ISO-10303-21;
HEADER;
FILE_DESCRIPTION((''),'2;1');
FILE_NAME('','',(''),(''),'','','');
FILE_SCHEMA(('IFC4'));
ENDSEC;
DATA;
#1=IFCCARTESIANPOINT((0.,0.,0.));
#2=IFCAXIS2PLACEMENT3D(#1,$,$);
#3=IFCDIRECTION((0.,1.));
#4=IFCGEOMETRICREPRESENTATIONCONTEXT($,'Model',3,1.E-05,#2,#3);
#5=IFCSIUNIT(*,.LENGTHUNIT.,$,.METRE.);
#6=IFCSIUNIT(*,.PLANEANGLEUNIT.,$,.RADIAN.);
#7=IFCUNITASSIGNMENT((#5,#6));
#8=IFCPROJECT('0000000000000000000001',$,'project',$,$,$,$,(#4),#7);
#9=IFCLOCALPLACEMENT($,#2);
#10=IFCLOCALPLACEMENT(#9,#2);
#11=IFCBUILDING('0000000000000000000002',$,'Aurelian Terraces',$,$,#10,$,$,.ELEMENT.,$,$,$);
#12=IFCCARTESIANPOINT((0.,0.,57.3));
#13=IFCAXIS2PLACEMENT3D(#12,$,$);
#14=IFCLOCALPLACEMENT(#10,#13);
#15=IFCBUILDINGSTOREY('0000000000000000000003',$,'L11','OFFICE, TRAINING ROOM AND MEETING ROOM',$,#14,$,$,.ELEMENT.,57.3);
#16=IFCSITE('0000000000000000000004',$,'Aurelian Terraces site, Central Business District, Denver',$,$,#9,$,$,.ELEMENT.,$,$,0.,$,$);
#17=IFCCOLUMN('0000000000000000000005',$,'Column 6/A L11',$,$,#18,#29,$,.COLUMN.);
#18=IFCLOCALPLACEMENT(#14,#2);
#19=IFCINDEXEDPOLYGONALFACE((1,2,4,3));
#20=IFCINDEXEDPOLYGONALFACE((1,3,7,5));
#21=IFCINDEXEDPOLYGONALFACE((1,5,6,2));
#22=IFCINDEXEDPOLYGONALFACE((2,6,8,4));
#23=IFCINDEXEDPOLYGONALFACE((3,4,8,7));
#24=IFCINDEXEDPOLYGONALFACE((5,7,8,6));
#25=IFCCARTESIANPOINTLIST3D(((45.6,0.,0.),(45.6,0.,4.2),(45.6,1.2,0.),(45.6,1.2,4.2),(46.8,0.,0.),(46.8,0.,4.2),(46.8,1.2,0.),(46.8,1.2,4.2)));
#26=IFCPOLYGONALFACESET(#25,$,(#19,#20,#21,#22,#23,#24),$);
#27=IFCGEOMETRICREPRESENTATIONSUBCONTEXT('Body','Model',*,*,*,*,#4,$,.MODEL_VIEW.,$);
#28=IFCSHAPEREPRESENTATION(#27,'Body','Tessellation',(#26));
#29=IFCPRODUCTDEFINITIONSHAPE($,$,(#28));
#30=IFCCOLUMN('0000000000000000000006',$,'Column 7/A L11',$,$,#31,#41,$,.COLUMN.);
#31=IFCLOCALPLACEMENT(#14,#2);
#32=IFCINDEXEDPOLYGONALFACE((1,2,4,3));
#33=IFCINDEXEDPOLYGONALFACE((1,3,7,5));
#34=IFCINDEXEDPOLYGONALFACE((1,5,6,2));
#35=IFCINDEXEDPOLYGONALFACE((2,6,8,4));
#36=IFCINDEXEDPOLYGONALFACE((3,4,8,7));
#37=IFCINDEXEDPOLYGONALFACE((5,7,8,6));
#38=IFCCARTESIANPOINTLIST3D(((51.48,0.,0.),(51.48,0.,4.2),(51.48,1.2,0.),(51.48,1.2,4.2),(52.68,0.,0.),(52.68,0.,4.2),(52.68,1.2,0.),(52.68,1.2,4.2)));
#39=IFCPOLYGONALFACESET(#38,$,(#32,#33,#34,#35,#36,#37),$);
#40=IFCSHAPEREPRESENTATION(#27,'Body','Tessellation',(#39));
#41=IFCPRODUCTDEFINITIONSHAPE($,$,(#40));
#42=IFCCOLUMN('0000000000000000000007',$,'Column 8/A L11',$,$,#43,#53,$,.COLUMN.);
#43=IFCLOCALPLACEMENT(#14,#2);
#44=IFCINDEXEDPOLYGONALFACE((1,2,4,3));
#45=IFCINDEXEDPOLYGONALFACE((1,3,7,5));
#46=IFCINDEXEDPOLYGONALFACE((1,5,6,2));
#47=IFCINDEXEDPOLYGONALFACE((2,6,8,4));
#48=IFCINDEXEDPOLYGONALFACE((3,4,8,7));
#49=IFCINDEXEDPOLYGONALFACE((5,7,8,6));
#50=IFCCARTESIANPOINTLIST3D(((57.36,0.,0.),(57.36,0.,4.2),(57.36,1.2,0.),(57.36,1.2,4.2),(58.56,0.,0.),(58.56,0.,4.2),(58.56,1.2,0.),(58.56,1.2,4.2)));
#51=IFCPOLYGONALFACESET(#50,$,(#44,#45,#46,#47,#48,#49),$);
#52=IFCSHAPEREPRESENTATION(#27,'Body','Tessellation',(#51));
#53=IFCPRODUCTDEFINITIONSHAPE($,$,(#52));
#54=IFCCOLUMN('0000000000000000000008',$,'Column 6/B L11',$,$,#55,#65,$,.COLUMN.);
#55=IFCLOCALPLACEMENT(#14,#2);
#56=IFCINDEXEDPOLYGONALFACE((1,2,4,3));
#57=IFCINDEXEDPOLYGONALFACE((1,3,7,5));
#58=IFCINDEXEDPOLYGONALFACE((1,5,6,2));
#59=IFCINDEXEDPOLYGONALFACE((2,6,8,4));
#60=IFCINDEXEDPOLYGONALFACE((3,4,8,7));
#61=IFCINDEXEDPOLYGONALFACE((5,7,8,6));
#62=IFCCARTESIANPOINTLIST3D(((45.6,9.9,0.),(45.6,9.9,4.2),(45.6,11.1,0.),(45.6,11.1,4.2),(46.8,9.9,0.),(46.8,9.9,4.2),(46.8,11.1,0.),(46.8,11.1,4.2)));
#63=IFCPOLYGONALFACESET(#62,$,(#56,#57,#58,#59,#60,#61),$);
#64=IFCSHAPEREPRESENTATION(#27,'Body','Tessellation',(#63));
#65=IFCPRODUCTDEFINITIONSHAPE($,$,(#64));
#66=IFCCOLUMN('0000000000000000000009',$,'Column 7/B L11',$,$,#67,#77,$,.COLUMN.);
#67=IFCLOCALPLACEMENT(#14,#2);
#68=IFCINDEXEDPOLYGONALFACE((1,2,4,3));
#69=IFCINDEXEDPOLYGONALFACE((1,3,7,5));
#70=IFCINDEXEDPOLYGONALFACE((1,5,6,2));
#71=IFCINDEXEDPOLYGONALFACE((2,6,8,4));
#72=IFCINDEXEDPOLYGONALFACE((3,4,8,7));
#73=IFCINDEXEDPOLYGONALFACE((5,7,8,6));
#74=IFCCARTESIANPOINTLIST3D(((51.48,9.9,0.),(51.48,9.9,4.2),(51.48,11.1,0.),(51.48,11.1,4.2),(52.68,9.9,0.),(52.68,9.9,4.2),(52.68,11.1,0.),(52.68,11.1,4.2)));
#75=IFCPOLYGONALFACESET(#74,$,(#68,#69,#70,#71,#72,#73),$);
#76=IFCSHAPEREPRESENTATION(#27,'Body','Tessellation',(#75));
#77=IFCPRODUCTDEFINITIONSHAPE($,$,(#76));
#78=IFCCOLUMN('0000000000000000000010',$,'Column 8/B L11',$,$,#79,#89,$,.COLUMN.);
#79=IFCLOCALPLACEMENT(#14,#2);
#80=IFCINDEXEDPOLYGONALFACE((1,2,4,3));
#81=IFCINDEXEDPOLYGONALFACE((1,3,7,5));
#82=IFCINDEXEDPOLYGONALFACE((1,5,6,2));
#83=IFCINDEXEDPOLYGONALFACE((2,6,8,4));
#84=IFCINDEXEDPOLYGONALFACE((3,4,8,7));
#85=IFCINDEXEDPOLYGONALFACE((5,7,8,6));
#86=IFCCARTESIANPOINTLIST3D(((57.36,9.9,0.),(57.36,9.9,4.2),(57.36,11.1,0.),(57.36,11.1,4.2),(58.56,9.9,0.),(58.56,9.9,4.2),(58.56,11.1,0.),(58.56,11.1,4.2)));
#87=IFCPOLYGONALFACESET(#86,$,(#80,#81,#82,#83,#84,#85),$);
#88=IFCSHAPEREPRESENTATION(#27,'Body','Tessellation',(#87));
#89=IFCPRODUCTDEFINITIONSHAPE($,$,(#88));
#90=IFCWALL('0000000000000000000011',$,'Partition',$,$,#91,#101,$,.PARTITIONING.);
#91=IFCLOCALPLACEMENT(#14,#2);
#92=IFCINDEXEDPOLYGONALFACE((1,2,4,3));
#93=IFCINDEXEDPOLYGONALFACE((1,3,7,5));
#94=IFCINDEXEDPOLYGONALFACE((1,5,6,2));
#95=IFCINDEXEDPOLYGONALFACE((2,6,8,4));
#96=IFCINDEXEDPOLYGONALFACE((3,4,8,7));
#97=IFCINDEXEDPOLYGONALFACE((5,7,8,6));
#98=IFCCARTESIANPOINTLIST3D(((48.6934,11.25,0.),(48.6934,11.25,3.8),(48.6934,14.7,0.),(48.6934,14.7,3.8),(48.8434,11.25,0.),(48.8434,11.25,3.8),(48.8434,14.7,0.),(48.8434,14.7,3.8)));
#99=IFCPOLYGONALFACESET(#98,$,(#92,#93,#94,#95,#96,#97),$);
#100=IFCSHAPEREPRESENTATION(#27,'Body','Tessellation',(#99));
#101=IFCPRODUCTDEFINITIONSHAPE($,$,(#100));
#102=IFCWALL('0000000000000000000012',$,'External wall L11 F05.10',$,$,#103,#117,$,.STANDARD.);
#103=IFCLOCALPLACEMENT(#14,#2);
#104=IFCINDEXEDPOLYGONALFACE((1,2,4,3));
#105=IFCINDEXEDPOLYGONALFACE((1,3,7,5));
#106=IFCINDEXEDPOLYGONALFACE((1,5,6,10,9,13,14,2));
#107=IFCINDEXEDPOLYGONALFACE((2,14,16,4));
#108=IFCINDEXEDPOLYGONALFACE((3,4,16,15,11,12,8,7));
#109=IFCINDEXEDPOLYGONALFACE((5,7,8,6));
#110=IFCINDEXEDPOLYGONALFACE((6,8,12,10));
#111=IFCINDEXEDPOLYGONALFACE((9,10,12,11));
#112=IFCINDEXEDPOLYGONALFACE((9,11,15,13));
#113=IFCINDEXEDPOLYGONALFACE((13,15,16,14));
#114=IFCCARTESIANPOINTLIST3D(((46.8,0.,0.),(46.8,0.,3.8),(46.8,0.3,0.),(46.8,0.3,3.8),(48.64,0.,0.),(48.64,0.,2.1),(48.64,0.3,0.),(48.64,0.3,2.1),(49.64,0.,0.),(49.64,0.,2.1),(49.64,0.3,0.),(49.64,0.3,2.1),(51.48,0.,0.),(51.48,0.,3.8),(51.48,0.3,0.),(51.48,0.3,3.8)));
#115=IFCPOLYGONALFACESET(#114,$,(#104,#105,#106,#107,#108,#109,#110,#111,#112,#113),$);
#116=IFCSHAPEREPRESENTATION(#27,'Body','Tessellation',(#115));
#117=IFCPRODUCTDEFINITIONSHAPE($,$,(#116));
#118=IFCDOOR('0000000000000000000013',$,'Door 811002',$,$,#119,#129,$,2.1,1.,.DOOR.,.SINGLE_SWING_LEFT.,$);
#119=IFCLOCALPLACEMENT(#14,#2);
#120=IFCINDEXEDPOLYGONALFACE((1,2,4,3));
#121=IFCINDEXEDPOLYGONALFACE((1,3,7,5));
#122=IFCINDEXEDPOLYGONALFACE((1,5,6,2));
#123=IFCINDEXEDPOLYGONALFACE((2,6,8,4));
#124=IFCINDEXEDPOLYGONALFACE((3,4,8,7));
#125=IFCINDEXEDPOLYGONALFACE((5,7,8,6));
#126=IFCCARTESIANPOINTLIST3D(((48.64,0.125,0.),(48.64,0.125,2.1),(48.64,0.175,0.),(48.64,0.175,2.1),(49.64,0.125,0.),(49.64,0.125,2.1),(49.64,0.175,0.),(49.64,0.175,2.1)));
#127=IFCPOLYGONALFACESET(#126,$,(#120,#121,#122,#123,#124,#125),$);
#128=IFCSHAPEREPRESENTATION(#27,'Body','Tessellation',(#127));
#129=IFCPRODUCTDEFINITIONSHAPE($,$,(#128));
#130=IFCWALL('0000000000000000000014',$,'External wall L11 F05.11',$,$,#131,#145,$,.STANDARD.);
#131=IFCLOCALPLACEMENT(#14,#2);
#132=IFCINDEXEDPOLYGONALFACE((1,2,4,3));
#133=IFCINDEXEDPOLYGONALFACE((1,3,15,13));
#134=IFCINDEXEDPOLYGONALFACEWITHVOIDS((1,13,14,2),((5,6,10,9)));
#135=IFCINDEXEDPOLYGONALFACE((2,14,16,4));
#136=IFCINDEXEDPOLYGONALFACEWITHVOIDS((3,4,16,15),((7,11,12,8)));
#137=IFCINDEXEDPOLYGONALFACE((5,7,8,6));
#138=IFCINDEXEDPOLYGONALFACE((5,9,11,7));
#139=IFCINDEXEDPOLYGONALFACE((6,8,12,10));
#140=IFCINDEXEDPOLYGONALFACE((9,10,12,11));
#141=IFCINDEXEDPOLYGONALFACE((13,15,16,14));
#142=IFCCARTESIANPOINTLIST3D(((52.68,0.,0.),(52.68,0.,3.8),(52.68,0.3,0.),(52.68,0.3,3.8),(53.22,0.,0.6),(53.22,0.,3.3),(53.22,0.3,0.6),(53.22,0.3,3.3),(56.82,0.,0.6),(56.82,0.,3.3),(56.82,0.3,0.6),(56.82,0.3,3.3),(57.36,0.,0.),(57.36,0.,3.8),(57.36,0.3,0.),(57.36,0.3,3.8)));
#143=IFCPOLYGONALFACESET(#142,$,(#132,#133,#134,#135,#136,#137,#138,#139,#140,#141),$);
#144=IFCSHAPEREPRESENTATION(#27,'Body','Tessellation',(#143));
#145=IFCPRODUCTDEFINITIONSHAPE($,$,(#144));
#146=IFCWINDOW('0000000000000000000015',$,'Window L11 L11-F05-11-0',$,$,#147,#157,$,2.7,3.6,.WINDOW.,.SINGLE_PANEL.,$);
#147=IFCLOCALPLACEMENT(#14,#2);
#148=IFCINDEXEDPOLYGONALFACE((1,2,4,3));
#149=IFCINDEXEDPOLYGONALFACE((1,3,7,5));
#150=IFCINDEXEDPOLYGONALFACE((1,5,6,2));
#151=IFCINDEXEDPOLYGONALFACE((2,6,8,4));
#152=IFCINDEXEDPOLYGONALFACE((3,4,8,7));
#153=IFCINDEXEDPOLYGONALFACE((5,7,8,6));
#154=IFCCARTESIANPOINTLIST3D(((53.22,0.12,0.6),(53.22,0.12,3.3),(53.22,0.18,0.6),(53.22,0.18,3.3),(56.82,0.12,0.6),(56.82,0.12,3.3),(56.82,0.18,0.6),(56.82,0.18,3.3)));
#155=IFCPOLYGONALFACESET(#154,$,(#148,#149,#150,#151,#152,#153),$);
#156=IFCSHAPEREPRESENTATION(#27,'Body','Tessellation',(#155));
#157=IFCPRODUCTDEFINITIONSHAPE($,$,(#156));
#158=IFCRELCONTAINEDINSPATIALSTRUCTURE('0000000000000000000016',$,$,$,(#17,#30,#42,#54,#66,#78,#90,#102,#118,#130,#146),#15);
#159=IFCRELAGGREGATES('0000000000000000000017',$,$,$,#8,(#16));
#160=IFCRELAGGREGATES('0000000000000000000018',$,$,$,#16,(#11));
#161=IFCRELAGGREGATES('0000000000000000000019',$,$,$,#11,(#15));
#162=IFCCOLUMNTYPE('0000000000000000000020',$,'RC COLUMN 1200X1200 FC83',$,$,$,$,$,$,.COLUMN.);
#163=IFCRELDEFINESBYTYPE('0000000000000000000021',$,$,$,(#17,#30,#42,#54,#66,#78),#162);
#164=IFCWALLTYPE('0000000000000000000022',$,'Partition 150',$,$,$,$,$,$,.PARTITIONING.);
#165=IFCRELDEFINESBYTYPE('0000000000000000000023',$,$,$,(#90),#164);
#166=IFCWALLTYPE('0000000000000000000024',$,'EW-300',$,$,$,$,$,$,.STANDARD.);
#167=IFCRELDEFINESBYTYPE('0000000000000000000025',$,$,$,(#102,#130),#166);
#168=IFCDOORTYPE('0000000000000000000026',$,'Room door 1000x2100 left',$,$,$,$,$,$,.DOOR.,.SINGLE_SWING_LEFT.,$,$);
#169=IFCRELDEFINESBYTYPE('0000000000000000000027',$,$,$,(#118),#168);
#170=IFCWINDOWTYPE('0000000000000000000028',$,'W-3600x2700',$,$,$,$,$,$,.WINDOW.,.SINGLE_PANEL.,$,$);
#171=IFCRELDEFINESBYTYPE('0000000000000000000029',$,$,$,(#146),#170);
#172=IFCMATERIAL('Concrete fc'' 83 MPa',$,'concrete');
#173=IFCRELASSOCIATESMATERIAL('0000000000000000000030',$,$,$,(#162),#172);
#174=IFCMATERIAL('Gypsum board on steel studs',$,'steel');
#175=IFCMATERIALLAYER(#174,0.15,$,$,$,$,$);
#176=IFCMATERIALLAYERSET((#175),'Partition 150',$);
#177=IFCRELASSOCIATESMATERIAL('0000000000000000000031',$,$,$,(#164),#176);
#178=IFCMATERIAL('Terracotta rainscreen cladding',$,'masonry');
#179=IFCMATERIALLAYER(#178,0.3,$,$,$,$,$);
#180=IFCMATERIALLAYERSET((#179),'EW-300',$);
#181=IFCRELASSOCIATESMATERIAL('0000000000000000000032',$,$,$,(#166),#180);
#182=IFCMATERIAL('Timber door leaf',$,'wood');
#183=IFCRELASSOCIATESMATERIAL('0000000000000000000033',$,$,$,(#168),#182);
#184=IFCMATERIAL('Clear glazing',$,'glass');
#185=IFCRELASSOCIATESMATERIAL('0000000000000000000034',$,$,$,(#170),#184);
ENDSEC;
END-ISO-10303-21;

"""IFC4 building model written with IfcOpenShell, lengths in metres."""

from ifc_helpers import new_model, si_unit, direction, frame, frame_2d, origin, origin_2d, place, context, subcontext, project, spatial, rectangle, extrude, source, transform, mapped, material, layer, layer_set, material_profile, profile_set, type_object, element, fill, save


model = new_model("IFC4")

# Units and contexts
model_context = context("Model", 3, precision=1e-05, world=origin(), true_north=direction((0.0, 1.0)))
body_context = subcontext(model_context, "Body", "Model", "MODEL_VIEW")
ifc_project = project(units=[si_unit("LENGTHUNIT", "METRE"), si_unit("PLANEANGLEUNIT", "RADIAN")], contexts=[model_context])

# Site, building, storey
site_placement = place(None, origin())
site = spatial("IfcSite", under=ifc_project, at=site_placement, Name="Aurelian Terraces site, Central Business District, Denver", CompositionType="ELEMENT", RefElevation=0.0)
building_placement = place(site_placement, origin())
building = spatial("IfcBuilding", under=site, at=building_placement, Name="Aurelian Terraces", CompositionType="ELEMENT")
storey_placement = place(building_placement, frame((0.0, 0.0, 57.3)))
storey = spatial("IfcBuildingStorey", under=building, at=storey_placement, Name="L11", Description="OFFICE, TRAINING ROOM AND MEETING ROOM", CompositionType="ELEMENT", Elevation=57.3)

# Columns
ifc_material_1 = material(Name="Concrete fc' 83 MPa", Category="concrete")
ifc_material_profile = material_profile(ifc_material_1, rectangle(XDim=1.2, YDim=1.2, at=origin_2d()))
ifc_profile_set = profile_set([ifc_material_profile], Name="Concrete fc' 83 MPa")
column_type = type_object("IfcColumnType", Name="RC COLUMN 1200X1200 FC83", PredefinedType="COLUMN", material=ifc_profile_set)
shared_shape_1 = source(origin(), body_context, "Body", "SweptSolid", [
    extrude(rectangle(XDim=1.2, YDim=1.2, at=origin_2d()), origin(), (0.0, 0.0, 1.0), 4.2),
])
for number, where, z_axis, x_axis, name in (
    (1, (46.2, 0.6, 0.0), (0.0, 0.0, 1.0), (1.0, 0.0, 0.0), "Column 6/A L11"),
    (2, (52.08, 0.6, 0.0), (0.0, 0.0, 1.0), (1.0, 0.0, 0.0), "Column 7/A L11"),
    (3, (57.96, 0.6, 0.0), (0.0, 0.0, 1.0), (1.0, 0.0, 0.0), "Column 8/A L11"),
    (4, (46.2, 10.5, 0.0), (0.0, 0.0, 1.0), (1.0, 0.0, 0.0), "Column 6/B L11"),
    (5, (52.08, 10.5, 0.0), (0.0, 0.0, 1.0), (1.0, 0.0, 0.0), "Column 7/B L11"),
    (6, (57.96, 10.5, 0.0), (0.0, 0.0, 1.0), (1.0, 0.0, 0.0), "Column 8/B L11"),
):
    element("IfcColumn", number, at=place(storey_placement, frame(where, z_axis=z_axis, x_axis=x_axis)), inside=storey, type_object=column_type, Name=name, PredefinedType="COLUMN", context=body_context, shape_type="MappedRepresentation", body=[
        mapped(shared_shape_1, transform((0.0, 0.0, 0.0), scale=1.0)),
    ])

# Wall
ifc_material_2 = material(Name="Gypsum board on steel studs", Category="steel")
ifc_layer_1 = layer(ifc_material_2, 0.15)
ifc_layer_set_1 = layer_set([ifc_layer_1], Name="Partition 150")
wall_type_1 = type_object("IfcWallType", Name="Partition 150", PredefinedType="PARTITIONING", material=ifc_layer_set_1)
wall_1_placement = place(storey_placement, frame((48.7684, 11.25, 0.0), z_axis=(0.0, 0.0, 1.0), x_axis=(0.0, 1.0, 0.0)))
element("IfcWall", 7, at=wall_1_placement, inside=storey, type_object=wall_type_1, Name="Partition", PredefinedType="PARTITIONING", context=body_context, shape_type="SweptSolid", body=[
    extrude(rectangle(XDim=3.45, YDim=0.15, at=frame_2d((1.725, 0.0))), origin(), (0.0, 0.0, 1.0), 3.8),
])

# Wall, opening, door
ifc_material_3 = material(Name="Terracotta rainscreen cladding", Category="masonry")
ifc_layer_2 = layer(ifc_material_3, 0.3)
ifc_layer_set_2 = layer_set([ifc_layer_2], Name="EW-300")
wall_type_2 = type_object("IfcWallType", Name="EW-300", PredefinedType="STANDARD", material=ifc_layer_set_2)
shared_shape_2 = source(origin(), body_context, "Body", "SweptSolid", [
    extrude(rectangle(XDim=4.68, YDim=0.3, at=frame_2d((2.34, 0.0))), origin(), (0.0, 0.0, 1.0), 3.8),
])
wall_2_placement = place(storey_placement, frame((46.8, 0.15, 0.0), z_axis=(0.0, 0.0, 1.0), x_axis=(1.0, 0.0, 0.0)))
wall_2 = element("IfcWall", 8, at=wall_2_placement, inside=storey, type_object=wall_type_2, Name="External wall L11 F05.10", PredefinedType="STANDARD", context=body_context, shape_type="MappedRepresentation", body=[
    mapped(shared_shape_2, transform((0.0, 0.0, 0.0), scale=1.0)),
])
shared_shape_3 = source(origin(), body_context, "Body", "SweptSolid", [
    extrude(rectangle(XDim=1.0, YDim=2.1, at=frame_2d((0.5, 1.05))), frame((0.0, 0.16, 0.0), z_axis=(0.0, -1.0, 0.0), x_axis=(1.0, 0.0, 0.0)), (0.0, 0.0, 1.0), 0.32),
])
opening_1_placement = place(wall_2_placement, frame((1.84, 0.0, 0.0)))
opening_1 = element("IfcOpeningElement", 9, at=opening_1_placement, cuts=wall_2, PredefinedType="OPENING", context=body_context, shape_type="MappedRepresentation", body=[
    mapped(shared_shape_3, transform((0.0, 0.0, 0.0), scale=1.0)),
])
ifc_material_4 = material(Name="Timber door leaf", Category="wood")
door_type_1 = type_object("IfcDoorType", Name="Room door 1000x2100 left", OperationType="SINGLE_SWING_LEFT", PredefinedType="DOOR", material=ifc_material_4)
shared_shape_4 = source(origin(), body_context, "Body", "SweptSolid", [
    extrude(rectangle(XDim=1.0, YDim=2.1, at=frame_2d((0.5, 1.05))), frame((0.0, 0.025, 0.0), z_axis=(0.0, -1.0, 0.0), x_axis=(1.0, 0.0, 0.0)), (0.0, 0.0, 1.0), 0.05),
])
door_1_placement = place(opening_1_placement, origin())
door_1 = element("IfcDoor", 10, at=door_1_placement, inside=storey, type_object=door_type_1, Name="Door 811002", OperationType="SINGLE_SWING_LEFT", OverallHeight=2.1, OverallWidth=1.0, PredefinedType="DOOR", context=body_context, shape_type="MappedRepresentation", body=[
    mapped(shared_shape_4, transform((0.0, 0.0, 0.0), scale=1.0)),
])
fill(opening_1, door_1)

# Wall, opening, window
wall_3_placement = place(storey_placement, frame((52.68, 0.15, 0.0), z_axis=(0.0, 0.0, 1.0), x_axis=(1.0, 0.0, 0.0)))
wall_3 = element("IfcWall", 11, at=wall_3_placement, inside=storey, type_object=wall_type_2, Name="External wall L11 F05.11", PredefinedType="STANDARD", context=body_context, shape_type="MappedRepresentation", body=[
    mapped(shared_shape_2, transform((0.0, 0.0, 0.0), scale=1.0)),
])
shared_shape_5 = source(origin(), body_context, "Body", "SweptSolid", [
    extrude(rectangle(XDim=3.6, YDim=2.7, at=frame_2d((1.8, 1.35))), frame((0.0, 0.16, 0.0), z_axis=(0.0, -1.0, 0.0), x_axis=(1.0, 0.0, 0.0)), (0.0, 0.0, 1.0), 0.32),
])
opening_2_placement = place(wall_3_placement, frame((0.54, 0.0, 0.6)))
opening_2 = element("IfcOpeningElement", 12, at=opening_2_placement, cuts=wall_3, PredefinedType="OPENING", context=body_context, shape_type="MappedRepresentation", body=[
    mapped(shared_shape_5, transform((0.0, 0.0, 0.0), scale=1.0)),
])
ifc_material_5 = material(Name="Clear glazing", Category="glass")
window_type_1 = type_object("IfcWindowType", Name="W-3600x2700", PartitioningType="SINGLE_PANEL", PredefinedType="WINDOW", material=ifc_material_5)
shared_shape_6 = source(origin(), body_context, "Body", "SweptSolid", [
    extrude(rectangle(XDim=3.6, YDim=2.7, at=frame_2d((1.8, 1.35))), frame((0.0, 0.03, 0.0), z_axis=(0.0, -1.0, 0.0), x_axis=(1.0, 0.0, 0.0)), (0.0, 0.0, 1.0), 0.06),
])
window_1_placement = place(opening_2_placement, origin())
window_1 = element("IfcWindow", 13, at=window_1_placement, inside=storey, type_object=window_type_1, Name="Window L11 L11-F05-11-0", OverallHeight=2.7, OverallWidth=3.6, PartitioningType="SINGLE_PANEL", PredefinedType="WINDOW", context=body_context, shape_type="MappedRepresentation", body=[
    mapped(shared_shape_6, transform((0.0, 0.0, 0.0), scale=1.0)),
])
fill(opening_2, window_1)

save(model, "model.ifc")
